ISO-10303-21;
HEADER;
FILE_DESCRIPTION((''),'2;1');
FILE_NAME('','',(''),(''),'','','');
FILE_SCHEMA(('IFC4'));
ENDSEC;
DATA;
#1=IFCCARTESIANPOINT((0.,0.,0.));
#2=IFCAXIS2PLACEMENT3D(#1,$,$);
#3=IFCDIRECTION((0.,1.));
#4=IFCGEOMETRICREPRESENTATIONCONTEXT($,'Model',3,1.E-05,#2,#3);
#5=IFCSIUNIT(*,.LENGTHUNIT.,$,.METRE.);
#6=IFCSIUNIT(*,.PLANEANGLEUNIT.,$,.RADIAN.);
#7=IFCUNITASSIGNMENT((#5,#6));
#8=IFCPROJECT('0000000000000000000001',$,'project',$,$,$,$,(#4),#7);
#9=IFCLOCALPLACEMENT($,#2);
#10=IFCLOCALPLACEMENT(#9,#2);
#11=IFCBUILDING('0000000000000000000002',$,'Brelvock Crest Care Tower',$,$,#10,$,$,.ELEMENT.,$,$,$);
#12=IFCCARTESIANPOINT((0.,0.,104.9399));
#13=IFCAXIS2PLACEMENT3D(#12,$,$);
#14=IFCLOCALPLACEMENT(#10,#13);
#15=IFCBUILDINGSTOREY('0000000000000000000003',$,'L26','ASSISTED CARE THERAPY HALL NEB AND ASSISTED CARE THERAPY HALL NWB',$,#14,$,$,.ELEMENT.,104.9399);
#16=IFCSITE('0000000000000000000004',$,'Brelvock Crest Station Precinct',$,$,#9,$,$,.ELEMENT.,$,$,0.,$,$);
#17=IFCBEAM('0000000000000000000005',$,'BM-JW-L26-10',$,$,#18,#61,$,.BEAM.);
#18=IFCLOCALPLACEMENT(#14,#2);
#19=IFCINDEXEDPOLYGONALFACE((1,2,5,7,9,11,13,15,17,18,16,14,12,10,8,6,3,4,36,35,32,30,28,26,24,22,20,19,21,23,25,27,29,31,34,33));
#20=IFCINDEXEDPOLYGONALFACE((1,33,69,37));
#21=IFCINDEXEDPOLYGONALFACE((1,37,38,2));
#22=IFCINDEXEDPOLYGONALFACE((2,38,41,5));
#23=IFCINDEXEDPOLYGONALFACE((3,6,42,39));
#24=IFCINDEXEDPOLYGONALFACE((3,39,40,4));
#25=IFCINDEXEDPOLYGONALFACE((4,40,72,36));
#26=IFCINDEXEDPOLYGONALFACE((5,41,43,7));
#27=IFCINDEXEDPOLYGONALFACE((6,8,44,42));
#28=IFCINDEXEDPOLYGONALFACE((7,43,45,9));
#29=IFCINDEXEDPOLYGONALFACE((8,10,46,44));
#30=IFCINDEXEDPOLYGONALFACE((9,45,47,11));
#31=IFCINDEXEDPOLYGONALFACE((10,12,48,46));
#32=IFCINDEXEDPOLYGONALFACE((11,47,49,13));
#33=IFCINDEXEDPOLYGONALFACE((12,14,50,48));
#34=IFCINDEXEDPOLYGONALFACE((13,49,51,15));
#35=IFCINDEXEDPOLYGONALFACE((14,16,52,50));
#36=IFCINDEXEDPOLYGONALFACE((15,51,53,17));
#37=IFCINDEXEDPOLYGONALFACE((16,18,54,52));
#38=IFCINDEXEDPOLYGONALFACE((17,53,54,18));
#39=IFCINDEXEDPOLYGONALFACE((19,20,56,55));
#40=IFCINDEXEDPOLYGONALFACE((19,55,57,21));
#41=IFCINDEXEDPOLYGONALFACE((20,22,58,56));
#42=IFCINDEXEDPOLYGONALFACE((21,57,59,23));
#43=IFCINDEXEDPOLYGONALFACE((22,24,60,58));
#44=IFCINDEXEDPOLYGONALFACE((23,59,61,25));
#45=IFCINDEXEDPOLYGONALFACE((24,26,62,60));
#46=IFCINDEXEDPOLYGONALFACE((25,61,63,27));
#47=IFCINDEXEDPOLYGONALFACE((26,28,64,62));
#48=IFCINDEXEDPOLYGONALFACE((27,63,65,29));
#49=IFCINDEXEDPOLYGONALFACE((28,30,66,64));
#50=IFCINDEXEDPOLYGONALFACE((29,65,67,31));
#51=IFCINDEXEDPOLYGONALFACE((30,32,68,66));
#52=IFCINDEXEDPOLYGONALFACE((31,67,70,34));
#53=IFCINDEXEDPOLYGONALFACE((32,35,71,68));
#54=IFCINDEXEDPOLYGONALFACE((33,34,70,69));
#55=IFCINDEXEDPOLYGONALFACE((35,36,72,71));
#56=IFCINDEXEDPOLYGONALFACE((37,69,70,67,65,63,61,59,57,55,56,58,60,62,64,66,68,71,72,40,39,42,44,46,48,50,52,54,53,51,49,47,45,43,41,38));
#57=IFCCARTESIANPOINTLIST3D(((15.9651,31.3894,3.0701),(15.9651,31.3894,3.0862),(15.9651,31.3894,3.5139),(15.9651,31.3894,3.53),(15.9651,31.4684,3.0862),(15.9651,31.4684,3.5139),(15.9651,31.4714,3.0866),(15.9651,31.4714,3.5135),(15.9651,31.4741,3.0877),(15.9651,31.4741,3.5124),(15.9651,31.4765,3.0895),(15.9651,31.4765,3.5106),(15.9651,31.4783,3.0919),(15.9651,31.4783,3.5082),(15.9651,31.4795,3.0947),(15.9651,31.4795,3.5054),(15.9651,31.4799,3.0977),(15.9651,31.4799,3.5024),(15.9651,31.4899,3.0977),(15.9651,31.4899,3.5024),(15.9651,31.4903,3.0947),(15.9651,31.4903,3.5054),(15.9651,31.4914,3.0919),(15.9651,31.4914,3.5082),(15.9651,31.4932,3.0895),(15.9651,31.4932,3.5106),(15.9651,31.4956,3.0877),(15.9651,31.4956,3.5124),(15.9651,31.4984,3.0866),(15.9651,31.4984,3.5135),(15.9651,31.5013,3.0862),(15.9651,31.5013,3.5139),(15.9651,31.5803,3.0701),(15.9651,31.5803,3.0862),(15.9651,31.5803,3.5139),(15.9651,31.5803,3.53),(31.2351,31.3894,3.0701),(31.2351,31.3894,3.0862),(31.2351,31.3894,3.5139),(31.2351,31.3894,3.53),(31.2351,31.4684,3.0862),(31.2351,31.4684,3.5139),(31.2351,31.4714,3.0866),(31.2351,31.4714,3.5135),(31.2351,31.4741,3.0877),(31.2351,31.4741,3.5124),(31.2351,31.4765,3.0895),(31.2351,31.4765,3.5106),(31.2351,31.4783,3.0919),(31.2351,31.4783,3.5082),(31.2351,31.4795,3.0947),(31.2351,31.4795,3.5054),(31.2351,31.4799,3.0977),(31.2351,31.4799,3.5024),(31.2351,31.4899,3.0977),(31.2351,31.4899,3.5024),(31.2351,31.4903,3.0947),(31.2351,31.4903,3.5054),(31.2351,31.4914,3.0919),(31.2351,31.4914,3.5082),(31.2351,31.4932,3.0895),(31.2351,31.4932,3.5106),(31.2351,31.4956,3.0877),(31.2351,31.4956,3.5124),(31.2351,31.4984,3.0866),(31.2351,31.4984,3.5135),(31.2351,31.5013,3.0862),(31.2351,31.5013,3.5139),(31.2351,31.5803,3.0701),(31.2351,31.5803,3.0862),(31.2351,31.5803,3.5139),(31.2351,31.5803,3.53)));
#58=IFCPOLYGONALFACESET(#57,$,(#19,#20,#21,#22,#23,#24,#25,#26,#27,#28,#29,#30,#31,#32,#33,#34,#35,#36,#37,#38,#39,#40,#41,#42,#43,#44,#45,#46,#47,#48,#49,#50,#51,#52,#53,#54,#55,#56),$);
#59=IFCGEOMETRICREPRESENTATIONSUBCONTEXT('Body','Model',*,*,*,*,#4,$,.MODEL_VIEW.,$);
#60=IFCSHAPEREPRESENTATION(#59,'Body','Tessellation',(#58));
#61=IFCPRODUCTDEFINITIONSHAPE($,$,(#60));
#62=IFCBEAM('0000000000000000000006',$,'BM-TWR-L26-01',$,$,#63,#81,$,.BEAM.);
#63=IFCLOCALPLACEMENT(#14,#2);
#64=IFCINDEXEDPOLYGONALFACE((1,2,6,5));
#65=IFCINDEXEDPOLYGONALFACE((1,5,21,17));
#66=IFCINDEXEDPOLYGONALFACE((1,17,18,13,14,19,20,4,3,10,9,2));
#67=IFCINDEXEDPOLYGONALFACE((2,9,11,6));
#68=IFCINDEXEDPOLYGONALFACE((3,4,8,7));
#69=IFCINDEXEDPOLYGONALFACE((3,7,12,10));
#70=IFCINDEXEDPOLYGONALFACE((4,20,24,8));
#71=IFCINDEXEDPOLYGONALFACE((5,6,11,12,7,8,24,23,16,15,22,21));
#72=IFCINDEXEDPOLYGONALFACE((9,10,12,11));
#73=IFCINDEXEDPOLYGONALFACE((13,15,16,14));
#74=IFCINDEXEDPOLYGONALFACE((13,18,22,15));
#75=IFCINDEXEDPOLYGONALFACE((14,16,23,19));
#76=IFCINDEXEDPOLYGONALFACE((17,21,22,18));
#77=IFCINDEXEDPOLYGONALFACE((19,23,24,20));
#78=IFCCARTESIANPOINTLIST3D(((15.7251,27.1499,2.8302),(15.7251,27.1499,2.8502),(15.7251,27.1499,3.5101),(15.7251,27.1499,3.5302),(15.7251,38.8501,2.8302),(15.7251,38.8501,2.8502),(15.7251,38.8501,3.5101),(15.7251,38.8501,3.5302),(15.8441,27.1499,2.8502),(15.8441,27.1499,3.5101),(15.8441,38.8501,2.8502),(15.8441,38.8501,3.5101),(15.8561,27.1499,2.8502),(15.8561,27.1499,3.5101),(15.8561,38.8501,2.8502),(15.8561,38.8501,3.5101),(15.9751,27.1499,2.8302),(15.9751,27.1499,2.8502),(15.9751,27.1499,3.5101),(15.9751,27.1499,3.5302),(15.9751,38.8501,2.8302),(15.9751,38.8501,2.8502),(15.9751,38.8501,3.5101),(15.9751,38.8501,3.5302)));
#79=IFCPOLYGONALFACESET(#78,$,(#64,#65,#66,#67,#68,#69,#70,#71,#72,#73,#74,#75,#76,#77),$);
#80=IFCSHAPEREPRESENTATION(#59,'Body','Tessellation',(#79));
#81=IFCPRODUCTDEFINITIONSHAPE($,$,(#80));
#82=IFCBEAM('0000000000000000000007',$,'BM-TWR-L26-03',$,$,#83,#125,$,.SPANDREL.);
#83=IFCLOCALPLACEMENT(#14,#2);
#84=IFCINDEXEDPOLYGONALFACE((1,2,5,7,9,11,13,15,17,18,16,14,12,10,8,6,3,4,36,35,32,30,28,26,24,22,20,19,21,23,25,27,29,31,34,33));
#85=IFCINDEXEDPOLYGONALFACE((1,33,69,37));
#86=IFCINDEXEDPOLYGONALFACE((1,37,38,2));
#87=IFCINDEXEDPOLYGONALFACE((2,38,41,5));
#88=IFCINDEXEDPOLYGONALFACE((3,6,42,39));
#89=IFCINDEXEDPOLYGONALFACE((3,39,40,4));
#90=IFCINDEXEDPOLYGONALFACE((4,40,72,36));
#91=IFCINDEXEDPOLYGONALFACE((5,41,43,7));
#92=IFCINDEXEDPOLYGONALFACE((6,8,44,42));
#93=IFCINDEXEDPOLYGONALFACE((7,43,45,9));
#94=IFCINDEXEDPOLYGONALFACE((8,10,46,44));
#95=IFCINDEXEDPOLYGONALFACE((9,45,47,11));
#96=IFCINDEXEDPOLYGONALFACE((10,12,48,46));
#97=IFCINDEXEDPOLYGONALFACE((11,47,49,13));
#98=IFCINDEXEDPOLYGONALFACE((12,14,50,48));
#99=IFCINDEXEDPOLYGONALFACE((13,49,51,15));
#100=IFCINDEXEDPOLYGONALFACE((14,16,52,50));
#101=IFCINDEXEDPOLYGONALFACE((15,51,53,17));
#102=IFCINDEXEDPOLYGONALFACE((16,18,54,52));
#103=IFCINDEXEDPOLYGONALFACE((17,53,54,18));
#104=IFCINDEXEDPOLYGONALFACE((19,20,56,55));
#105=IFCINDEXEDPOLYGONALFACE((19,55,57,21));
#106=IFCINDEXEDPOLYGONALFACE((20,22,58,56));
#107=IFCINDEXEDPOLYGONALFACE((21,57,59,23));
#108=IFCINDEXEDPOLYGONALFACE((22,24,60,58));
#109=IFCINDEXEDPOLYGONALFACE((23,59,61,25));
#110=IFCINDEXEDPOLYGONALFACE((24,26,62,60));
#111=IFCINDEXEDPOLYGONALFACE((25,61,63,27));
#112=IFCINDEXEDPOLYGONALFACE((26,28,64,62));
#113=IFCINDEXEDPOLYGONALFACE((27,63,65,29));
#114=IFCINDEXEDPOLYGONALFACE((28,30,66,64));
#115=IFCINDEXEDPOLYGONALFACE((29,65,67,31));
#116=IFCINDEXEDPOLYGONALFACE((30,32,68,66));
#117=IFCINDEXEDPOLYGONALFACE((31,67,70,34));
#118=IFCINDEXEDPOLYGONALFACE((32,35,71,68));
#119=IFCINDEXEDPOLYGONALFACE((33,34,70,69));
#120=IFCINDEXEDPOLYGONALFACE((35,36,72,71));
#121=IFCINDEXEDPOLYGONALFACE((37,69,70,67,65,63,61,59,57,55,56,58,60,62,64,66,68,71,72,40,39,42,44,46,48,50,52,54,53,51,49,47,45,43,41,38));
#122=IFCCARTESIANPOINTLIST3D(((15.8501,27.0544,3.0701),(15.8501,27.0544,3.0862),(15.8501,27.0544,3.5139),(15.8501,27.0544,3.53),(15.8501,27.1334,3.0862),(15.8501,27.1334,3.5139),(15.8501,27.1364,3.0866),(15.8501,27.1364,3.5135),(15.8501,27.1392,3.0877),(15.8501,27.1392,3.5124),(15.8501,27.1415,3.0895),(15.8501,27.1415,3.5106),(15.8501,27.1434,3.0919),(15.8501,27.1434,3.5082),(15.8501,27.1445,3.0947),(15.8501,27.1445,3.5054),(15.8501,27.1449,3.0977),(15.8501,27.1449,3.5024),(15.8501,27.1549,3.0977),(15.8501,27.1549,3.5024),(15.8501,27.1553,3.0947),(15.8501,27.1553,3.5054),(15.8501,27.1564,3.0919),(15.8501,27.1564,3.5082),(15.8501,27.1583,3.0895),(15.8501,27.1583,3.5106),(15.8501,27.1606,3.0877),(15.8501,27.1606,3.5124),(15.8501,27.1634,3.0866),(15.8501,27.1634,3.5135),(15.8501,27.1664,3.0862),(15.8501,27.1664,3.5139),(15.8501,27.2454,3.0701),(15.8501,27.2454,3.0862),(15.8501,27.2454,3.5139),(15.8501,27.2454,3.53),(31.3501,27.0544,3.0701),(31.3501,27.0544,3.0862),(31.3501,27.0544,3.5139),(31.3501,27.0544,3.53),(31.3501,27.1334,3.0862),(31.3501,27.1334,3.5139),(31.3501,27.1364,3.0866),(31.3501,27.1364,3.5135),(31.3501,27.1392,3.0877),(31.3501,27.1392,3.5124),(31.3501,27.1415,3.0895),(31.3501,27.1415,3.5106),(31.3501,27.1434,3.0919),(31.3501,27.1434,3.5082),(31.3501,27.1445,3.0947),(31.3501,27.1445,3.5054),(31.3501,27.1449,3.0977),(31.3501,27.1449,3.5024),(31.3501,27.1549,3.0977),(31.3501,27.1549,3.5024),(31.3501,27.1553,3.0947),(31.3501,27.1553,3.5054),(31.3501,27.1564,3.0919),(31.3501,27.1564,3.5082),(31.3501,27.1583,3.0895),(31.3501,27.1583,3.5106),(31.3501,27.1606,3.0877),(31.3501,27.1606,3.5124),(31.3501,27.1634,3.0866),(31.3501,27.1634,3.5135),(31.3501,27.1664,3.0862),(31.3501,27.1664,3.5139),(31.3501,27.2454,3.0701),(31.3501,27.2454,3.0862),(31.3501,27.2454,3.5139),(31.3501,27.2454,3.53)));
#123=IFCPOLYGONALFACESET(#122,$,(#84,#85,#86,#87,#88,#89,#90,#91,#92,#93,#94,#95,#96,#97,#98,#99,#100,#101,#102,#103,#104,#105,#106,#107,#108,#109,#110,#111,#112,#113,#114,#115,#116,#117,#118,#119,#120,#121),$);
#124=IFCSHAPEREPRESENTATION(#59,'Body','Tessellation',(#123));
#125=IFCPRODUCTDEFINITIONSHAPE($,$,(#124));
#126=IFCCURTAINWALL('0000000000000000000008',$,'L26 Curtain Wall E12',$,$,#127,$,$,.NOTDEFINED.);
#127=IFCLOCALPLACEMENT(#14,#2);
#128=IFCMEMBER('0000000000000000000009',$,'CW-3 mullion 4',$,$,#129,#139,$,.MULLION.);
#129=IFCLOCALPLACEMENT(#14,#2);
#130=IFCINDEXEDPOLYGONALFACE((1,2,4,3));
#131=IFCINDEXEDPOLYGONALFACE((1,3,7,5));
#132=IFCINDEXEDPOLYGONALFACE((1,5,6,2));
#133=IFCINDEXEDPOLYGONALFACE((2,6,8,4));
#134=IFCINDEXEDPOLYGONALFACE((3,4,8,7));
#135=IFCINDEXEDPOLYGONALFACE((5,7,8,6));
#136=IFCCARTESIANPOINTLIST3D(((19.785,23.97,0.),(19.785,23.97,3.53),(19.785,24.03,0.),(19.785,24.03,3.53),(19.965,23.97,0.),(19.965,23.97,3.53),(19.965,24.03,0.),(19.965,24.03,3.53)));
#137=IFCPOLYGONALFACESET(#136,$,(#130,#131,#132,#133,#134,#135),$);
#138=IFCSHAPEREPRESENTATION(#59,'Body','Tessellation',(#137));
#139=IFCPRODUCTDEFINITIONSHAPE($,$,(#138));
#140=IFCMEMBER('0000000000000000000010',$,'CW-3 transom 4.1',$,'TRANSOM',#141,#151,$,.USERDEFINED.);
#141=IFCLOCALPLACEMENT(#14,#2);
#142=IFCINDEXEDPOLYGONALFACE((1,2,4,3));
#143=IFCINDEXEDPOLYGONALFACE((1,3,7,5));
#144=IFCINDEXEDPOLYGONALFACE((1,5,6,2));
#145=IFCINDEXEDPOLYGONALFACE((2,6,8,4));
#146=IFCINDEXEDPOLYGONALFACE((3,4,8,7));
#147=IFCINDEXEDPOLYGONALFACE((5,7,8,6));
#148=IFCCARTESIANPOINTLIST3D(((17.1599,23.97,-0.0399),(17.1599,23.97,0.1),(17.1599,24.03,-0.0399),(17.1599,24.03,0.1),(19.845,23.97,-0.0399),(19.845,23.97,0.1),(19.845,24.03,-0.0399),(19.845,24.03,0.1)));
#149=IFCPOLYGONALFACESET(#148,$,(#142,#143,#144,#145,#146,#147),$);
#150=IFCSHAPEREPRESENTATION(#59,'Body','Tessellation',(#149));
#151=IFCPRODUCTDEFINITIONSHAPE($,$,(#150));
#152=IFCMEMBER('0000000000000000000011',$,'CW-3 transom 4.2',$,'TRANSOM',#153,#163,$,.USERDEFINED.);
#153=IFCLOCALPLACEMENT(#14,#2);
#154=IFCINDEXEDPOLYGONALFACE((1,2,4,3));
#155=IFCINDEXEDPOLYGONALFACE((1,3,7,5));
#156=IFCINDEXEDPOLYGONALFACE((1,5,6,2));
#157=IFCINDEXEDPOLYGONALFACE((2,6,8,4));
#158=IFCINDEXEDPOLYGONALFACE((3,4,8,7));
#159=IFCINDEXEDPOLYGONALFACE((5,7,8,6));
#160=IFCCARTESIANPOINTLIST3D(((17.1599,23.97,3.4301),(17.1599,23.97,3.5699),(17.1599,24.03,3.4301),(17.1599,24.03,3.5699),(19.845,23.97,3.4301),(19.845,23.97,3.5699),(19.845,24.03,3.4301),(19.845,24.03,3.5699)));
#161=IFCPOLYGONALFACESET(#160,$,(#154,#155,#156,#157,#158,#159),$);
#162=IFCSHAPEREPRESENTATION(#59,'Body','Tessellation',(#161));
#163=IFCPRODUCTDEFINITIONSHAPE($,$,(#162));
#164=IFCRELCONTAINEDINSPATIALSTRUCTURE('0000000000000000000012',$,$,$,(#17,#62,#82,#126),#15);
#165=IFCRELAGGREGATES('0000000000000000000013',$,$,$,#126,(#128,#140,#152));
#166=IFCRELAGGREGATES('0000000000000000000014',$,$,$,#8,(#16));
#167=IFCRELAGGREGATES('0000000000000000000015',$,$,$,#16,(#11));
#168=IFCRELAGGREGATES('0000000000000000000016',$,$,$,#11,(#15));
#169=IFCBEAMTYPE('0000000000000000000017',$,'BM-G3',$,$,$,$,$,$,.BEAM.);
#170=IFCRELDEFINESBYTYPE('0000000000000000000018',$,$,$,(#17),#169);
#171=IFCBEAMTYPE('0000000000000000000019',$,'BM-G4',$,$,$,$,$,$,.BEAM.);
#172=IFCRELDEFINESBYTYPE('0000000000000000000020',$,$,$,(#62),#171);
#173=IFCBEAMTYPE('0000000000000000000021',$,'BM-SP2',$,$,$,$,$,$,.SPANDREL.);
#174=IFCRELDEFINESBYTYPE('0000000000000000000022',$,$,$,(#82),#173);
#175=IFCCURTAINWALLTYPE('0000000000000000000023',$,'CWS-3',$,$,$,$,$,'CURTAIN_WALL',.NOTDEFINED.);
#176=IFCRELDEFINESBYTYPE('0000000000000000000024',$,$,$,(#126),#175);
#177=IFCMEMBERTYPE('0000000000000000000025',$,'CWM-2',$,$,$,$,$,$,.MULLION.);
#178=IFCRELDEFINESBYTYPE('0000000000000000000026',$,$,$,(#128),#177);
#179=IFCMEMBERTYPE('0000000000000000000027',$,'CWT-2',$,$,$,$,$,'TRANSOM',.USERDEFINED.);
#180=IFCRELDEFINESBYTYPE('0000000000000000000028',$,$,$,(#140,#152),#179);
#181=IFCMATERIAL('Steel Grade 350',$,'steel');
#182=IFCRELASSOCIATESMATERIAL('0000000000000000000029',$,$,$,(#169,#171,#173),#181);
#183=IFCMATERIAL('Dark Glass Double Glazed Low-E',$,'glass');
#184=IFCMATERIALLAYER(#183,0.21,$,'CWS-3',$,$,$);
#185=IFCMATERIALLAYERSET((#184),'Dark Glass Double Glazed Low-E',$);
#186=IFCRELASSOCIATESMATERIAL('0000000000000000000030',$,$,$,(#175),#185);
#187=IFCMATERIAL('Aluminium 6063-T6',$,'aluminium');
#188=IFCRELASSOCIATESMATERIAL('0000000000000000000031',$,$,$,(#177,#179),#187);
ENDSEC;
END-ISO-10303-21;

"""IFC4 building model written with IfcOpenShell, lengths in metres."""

from ifc_helpers import new_model, si_unit, direction, frame, origin, origin_2d, place, context, subcontext, project, spatial, rectangle, i_section, extrude, source, transform, mapped, material, layer, layer_set, material_profile, profile_set, type_object, element, aggregate, save


model = new_model("IFC4")

# Units and contexts
model_context = context("Model", 3, precision=1e-05, world=origin(), true_north=direction((0.0, 1.0)))
body_context = subcontext(model_context, "Body", "Model", "MODEL_VIEW")
ifc_project = project(units=[si_unit("LENGTHUNIT", "METRE"), si_unit("PLANEANGLEUNIT", "RADIAN")], contexts=[model_context])

# Site, building, storey
site_placement = place(None, origin())
site = spatial("IfcSite", under=ifc_project, at=site_placement, Name="Brelvock Crest Station Precinct", CompositionType="ELEMENT", RefElevation=0.0)
building_placement = place(site_placement, origin())
building = spatial("IfcBuilding", under=site, at=building_placement, Name="Brelvock Crest Care Tower", CompositionType="ELEMENT")
storey_placement = place(building_placement, frame((0.0, 0.0, 104.9399)))
storey = spatial("IfcBuildingStorey", under=building, at=storey_placement, Name="L26", Description="ASSISTED CARE THERAPY HALL NEB AND ASSISTED CARE THERAPY HALL NWB", CompositionType="ELEMENT", Elevation=104.9399)

# Shared definitions
ifc_material_1 = material(Name="Steel Grade 350", Category="steel")

# Beams
ifc_material_profile_1 = material_profile(ifc_material_1, i_section(OverallWidth=0.1909, OverallDepth=0.46, WebThickness=0.01, FlangeThickness=0.0161, FilletRadius=0.0115, at=origin_2d()), Name="460UB82.1")
ifc_profile_set_1 = profile_set([ifc_material_profile_1], Name="Steel Grade 350")
beam_type_1 = type_object("IfcBeamType", Name="BM-G3", PredefinedType="BEAM", material=ifc_profile_set_1)
shared_shape_1 = source(origin(), body_context, "Body", "SweptSolid", [
    extrude(i_section(OverallWidth=0.1909, OverallDepth=0.46, WebThickness=0.01, FlangeThickness=0.0161, FilletRadius=0.0115, at=origin_2d()), origin(), (0.0, 0.0, 1.0), 15.27),
])
for number, where, z_axis, x_axis, name in (
    (1, (15.9651, 31.4849, 3.3), (1.0, 0.0, 0.0), (0.0, 1.0, 0.0), "BM-JW-L26-10"),
):
    element("IfcBeam", number, at=place(storey_placement, frame(where, z_axis=z_axis, x_axis=x_axis)), inside=storey, type_object=beam_type_1, Name=name, PredefinedType="BEAM", context=body_context, shape_type="MappedRepresentation", body=[
        mapped(shared_shape_1, transform((0.0, 0.0, 0.0), x_axis=(1.0, 0.0, 0.0), y_axis=(0.0, 1.0, 0.0), z_axis=(0.0, 0.0, 1.0), scale=1.0)),
    ])
ifc_material_profile_2 = material_profile(ifc_material_1, i_section(OverallWidth=0.25, OverallDepth=0.7, WebThickness=0.012, FlangeThickness=0.02, at=origin_2d()), Name="700WB150")
ifc_profile_set_2 = profile_set([ifc_material_profile_2], Name="Steel Grade 350")
beam_type_2 = type_object("IfcBeamType", Name="BM-G4", PredefinedType="BEAM", material=ifc_profile_set_2)
shared_shape_2 = source(origin(), body_context, "Body", "SweptSolid", [
    extrude(i_section(OverallWidth=0.25, OverallDepth=0.7, WebThickness=0.012, FlangeThickness=0.02, at=origin_2d()), origin(), (0.0, 0.0, 1.0), 11.7002),
])
beam_1_placement = place(storey_placement, frame((15.8501, 27.1499, 3.1802), z_axis=(0.0, 1.0, 0.0), x_axis=(-1.0, 0.0, 0.0)))
element("IfcBeam", 2, at=beam_1_placement, inside=storey, type_object=beam_type_2, Name="BM-TWR-L26-01", PredefinedType="BEAM", context=body_context, shape_type="MappedRepresentation", body=[
    mapped(shared_shape_2, transform((0.0, 0.0, 0.0), x_axis=(1.0, 0.0, 0.0), y_axis=(0.0, 1.0, 0.0), z_axis=(0.0, 0.0, 1.0), scale=1.0)),
])
ifc_material_profile_3 = material_profile(ifc_material_1, i_section(OverallWidth=0.1909, OverallDepth=0.46, WebThickness=0.01, FlangeThickness=0.0161, FilletRadius=0.0115, at=origin_2d()), Name="460UB82.1")
ifc_profile_set_3 = profile_set([ifc_material_profile_3], Name="Steel Grade 350")
beam_type_3 = type_object("IfcBeamType", Name="BM-SP2", PredefinedType="SPANDREL", material=ifc_profile_set_3)
shared_shape_3 = source(origin(), body_context, "Body", "SweptSolid", [
    extrude(i_section(OverallWidth=0.1909, OverallDepth=0.46, WebThickness=0.01, FlangeThickness=0.0161, FilletRadius=0.0115, at=origin_2d()), origin(), (0.0, 0.0, 1.0), 15.5),
])
beam_2_placement = place(storey_placement, frame((15.8501, 27.1499, 3.3), z_axis=(1.0, 0.0, 0.0), x_axis=(0.0, 1.0, 0.0)))
element("IfcBeam", 3, at=beam_2_placement, inside=storey, type_object=beam_type_3, Name="BM-TWR-L26-03", PredefinedType="SPANDREL", context=body_context, shape_type="MappedRepresentation", body=[
    mapped(shared_shape_3, transform((0.0, 0.0, 0.0), x_axis=(1.0, 0.0, 0.0), y_axis=(0.0, 1.0, 0.0), z_axis=(0.0, 0.0, 1.0), scale=1.0)),
])

# Curtain wall, members
ifc_material_2 = material(Name="Dark Glass Double Glazed Low-E", Category="glass")
ifc_layer_1 = layer(ifc_material_2, 0.21, Name="CWS-3")
ifc_layer_set_1 = layer_set([ifc_layer_1], Name="Dark Glass Double Glazed Low-E")
curtain_wall_type = type_object("IfcCurtainWallType", Name="CWS-3", ElementType="CURTAIN_WALL", PredefinedType="NOTDEFINED", material=ifc_layer_set_1)
curtain_wall_placement = place(storey_placement, origin())
curtain_wall = element("IfcCurtainWall", 4, at=curtain_wall_placement, inside=storey, type_object=curtain_wall_type, Name="L26 Curtain Wall E12", PredefinedType="NOTDEFINED")
ifc_material_3 = material(Name="Aluminium 6063-T6", Category="aluminium")
ifc_material_profile_4 = material_profile(ifc_material_3, rectangle(XDim=0.0601, YDim=0.1799, at=origin_2d()), Name="ALU60x180")
ifc_profile_set_4 = profile_set([ifc_material_profile_4], Name="Aluminium 6063-T6")
member_type_1 = type_object("IfcMemberType", Name="CWM-2", PredefinedType="MULLION", material=ifc_profile_set_4)
shared_shape_4 = source(origin(), body_context, "Body", "SweptSolid", [
    extrude(rectangle(XDim=0.0601, YDim=0.1799, at=origin_2d()), origin(), (0.0, 0.0, 1.0), 3.53),
])
member_1_placement = place(storey_placement, frame((19.875, 24.0, 0.0), z_axis=(0.0, 0.0, 1.0), x_axis=(0.0, -1.0, 0.0)))
member_1 = element("IfcMember", 5, at=member_1_placement, type_object=member_type_1, Name="CW-3 mullion 4", PredefinedType="MULLION", context=body_context, shape_type="MappedRepresentation", body=[
    mapped(shared_shape_4, transform((0.0, 0.0, 0.0), x_axis=(1.0, 0.0, 0.0), y_axis=(0.0, 1.0, 0.0), z_axis=(0.0, 0.0, 1.0), scale=1.0)),
])
ifc_material_profile_5 = material_profile(ifc_material_3, rectangle(XDim=0.0601, YDim=0.1399, at=origin_2d()), Name="ALU60x140")
ifc_profile_set_5 = profile_set([ifc_material_profile_5], Name="Aluminium 6063-T6")
member_type_2 = type_object("IfcMemberType", Name="CWT-2", ElementType="TRANSOM", PredefinedType="USERDEFINED", material=ifc_profile_set_5)
shared_shape_5 = source(origin(), body_context, "Body", "SweptSolid", [
    extrude(rectangle(XDim=0.0601, YDim=0.1399, at=origin_2d()), origin(), (0.0, 0.0, 1.0), 2.6851),
])
member_2_placement = place(storey_placement, frame((19.845, 24.0, 0.03), z_axis=(-1.0, 0.0, 0.0), x_axis=(0.0, -1.0, 0.0)))
member_2 = element("IfcMember", 6, at=member_2_placement, type_object=member_type_2, Name="CW-3 transom 4.1", ObjectType="TRANSOM", PredefinedType="USERDEFINED", context=body_context, shape_type="MappedRepresentation", body=[
    mapped(shared_shape_5, transform((0.0, 0.0, 0.0), x_axis=(1.0, 0.0, 0.0), y_axis=(0.0, 1.0, 0.0), z_axis=(0.0, 0.0, 1.0), scale=1.0)),
])
member_3_placement = place(storey_placement, frame((19.845, 24.0, 3.5), z_axis=(-1.0, 0.0, 0.0), x_axis=(0.0, -1.0, 0.0)))
member_3 = element("IfcMember", 7, at=member_3_placement, type_object=member_type_2, Name="CW-3 transom 4.2", ObjectType="TRANSOM", PredefinedType="USERDEFINED", context=body_context, shape_type="MappedRepresentation", body=[
    mapped(shared_shape_5, transform((0.0, 0.0, 0.0), x_axis=(1.0, 0.0, 0.0), y_axis=(0.0, 1.0, 0.0), z_axis=(0.0, 0.0, 1.0), scale=1.0)),
])
aggregate(curtain_wall, [member_1, member_2, member_3])

save(model, "model.ifc")
